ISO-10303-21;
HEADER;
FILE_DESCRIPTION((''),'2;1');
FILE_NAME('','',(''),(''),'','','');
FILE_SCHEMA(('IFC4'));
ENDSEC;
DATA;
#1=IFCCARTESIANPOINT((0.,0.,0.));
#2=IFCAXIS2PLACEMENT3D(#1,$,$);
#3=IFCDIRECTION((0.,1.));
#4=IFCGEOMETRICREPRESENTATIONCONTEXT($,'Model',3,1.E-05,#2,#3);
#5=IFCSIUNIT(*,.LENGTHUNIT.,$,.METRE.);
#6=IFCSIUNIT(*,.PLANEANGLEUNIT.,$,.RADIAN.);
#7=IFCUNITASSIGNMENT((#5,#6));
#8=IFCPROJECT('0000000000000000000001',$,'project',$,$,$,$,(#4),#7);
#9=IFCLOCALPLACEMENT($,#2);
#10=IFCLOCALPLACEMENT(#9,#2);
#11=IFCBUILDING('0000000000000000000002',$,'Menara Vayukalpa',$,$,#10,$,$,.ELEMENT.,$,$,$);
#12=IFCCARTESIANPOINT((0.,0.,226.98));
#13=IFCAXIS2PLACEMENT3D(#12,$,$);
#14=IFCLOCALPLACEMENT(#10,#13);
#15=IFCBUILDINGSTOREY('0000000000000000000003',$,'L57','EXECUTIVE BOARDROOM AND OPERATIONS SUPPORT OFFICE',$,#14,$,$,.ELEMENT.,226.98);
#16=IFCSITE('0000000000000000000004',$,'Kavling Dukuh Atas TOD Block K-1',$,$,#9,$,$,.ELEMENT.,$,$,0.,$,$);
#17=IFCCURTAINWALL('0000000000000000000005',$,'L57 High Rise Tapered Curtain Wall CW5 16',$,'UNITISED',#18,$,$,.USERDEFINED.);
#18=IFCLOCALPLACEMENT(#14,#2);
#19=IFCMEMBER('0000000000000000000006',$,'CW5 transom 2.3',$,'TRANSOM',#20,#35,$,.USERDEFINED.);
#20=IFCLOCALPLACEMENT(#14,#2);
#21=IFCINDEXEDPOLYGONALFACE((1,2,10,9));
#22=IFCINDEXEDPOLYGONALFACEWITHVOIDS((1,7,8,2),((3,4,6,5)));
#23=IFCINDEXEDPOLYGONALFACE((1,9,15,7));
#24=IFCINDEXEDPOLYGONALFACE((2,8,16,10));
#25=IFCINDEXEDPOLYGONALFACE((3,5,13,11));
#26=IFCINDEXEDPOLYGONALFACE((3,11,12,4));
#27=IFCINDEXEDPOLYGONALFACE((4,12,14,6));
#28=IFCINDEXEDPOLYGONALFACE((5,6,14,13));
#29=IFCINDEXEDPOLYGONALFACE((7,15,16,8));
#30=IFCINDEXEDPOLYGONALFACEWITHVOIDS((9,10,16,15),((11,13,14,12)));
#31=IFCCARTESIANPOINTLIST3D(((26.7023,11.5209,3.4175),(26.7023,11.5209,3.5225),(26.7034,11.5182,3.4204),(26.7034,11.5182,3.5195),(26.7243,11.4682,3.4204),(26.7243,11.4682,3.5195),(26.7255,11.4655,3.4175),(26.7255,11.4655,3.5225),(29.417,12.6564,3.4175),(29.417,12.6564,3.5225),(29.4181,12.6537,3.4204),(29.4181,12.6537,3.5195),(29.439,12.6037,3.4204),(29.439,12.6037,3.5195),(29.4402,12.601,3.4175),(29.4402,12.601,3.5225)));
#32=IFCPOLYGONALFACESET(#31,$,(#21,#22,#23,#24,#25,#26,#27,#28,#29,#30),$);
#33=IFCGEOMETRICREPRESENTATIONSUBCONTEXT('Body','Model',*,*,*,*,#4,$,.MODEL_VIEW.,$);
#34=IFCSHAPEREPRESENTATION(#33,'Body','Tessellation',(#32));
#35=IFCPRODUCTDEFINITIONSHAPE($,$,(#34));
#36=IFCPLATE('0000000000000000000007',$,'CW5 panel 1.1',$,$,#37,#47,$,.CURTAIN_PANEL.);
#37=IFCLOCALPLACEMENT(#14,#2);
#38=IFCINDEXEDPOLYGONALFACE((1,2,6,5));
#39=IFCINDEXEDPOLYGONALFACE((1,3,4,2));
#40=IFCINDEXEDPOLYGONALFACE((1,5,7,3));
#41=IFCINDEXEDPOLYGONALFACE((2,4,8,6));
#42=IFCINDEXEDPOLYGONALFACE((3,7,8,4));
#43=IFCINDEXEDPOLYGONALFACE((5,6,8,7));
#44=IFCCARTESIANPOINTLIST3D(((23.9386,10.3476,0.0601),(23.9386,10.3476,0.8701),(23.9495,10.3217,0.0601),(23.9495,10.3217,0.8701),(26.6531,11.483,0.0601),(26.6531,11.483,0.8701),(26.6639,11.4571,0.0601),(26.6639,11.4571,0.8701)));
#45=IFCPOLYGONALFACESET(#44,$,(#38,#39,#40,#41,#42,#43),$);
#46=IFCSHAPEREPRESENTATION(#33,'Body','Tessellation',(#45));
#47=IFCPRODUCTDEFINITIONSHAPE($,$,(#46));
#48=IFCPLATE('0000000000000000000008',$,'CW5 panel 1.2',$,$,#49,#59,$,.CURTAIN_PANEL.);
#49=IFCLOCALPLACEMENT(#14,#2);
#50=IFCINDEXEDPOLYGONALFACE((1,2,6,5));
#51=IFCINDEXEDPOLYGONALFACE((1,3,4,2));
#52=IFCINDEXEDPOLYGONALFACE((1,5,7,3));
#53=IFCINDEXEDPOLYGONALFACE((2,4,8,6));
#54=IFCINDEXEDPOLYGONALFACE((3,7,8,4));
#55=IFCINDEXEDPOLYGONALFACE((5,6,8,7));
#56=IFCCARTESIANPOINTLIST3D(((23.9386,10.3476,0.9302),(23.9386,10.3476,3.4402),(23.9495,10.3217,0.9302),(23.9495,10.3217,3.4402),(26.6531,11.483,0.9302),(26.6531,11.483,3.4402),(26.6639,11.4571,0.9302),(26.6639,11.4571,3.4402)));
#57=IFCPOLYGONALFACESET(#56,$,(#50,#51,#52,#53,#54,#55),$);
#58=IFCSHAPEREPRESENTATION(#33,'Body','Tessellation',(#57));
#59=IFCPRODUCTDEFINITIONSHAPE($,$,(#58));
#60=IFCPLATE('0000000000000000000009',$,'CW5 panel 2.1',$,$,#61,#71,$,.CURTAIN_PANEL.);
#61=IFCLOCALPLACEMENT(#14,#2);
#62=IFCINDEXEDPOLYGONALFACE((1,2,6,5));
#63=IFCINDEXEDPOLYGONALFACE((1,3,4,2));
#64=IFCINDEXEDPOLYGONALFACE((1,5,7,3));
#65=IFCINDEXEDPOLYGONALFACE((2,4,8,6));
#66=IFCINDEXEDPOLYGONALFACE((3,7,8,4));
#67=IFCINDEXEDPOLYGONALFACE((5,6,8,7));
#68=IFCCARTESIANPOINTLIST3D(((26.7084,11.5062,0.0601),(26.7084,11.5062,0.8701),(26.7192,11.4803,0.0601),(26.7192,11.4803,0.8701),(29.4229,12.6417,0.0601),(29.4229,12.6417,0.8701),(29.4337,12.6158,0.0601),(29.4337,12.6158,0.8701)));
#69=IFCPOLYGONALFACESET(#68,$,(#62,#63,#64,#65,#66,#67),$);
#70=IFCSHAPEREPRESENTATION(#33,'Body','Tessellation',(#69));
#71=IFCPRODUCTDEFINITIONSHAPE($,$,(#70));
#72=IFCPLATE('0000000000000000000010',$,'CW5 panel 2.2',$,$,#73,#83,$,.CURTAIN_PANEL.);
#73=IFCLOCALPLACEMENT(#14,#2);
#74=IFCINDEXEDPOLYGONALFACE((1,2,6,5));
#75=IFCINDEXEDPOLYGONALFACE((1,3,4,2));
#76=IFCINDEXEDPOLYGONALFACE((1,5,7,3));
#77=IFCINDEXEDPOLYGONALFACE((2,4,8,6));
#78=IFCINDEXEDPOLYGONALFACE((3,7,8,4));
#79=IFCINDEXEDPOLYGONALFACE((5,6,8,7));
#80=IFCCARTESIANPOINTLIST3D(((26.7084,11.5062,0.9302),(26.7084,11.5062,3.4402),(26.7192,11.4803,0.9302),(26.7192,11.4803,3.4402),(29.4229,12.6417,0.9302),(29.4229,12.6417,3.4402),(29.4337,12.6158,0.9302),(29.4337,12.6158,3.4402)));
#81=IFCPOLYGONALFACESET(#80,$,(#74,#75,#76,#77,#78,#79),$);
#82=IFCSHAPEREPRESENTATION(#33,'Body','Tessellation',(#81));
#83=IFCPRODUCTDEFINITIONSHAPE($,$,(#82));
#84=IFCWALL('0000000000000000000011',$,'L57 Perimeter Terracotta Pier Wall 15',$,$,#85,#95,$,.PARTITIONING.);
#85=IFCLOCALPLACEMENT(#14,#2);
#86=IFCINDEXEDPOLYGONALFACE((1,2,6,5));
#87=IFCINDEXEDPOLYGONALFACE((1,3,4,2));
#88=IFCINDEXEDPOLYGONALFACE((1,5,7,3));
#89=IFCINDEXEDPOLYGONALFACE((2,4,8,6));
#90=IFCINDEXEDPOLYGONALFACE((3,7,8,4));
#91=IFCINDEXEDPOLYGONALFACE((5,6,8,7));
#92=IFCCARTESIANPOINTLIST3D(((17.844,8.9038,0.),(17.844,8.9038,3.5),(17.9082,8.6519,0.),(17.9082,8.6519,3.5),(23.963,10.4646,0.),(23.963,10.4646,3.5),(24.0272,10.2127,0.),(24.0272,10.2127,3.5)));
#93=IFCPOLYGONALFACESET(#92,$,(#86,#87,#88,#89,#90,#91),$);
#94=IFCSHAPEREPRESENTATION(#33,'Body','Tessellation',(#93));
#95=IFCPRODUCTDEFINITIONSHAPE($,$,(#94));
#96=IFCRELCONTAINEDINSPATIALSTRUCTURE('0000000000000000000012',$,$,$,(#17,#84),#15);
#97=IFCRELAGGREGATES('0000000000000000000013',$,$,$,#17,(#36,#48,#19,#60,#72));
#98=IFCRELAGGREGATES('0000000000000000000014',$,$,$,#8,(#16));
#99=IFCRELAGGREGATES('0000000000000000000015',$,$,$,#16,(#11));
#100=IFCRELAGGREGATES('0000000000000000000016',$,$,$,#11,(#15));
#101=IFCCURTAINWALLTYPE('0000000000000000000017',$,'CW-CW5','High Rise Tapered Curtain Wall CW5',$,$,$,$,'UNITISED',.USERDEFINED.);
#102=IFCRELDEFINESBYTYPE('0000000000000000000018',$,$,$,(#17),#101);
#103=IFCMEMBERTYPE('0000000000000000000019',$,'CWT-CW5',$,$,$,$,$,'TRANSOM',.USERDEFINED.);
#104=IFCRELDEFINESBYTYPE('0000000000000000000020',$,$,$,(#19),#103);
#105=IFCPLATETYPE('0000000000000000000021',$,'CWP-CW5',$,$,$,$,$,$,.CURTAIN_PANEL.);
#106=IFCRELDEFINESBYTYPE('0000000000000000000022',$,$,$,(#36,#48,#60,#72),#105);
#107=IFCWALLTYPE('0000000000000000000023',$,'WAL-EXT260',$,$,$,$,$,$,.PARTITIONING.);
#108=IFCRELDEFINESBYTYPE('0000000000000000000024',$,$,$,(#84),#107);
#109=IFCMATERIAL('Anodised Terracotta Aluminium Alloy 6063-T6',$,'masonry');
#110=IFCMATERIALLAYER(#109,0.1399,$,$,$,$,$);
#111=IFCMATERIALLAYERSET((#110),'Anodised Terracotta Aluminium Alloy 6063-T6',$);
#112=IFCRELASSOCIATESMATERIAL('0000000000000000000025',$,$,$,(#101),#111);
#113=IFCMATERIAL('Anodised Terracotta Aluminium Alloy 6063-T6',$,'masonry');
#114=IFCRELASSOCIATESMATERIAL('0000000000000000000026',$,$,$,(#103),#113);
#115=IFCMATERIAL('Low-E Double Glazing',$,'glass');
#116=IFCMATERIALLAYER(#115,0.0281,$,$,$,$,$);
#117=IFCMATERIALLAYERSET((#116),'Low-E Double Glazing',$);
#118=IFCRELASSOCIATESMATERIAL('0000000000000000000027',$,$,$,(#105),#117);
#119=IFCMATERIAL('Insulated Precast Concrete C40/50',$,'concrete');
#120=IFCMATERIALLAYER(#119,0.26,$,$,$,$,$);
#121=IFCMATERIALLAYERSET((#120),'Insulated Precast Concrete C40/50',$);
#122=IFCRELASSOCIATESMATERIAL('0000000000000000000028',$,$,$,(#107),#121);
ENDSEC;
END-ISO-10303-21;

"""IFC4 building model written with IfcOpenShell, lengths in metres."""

from ifc_helpers import new_model, si_unit, direction, frame, frame_2d, origin, origin_2d, place, context, subcontext, project, spatial, rectangle, hollow_rectangle, extrude, material, layer, layer_set, material_profile, profile_set, type_object, element, aggregate, save


model = new_model("IFC4")

# Units and contexts
model_context = context("Model", 3, precision=1e-05, world=origin(), true_north=direction((0.0, 1.0)))
body_context = subcontext(model_context, "Body", "Model", "MODEL_VIEW")
ifc_project = project(units=[si_unit("LENGTHUNIT", "METRE"), si_unit("PLANEANGLEUNIT", "RADIAN")], contexts=[model_context])

# Site, building, storey
site_placement = place(None, origin())
site = spatial("IfcSite", under=ifc_project, at=site_placement, Name="Kavling Dukuh Atas TOD Block K-1", CompositionType="ELEMENT", RefElevation=0.0)
building_placement = place(site_placement, origin())
building = spatial("IfcBuilding", under=site, at=building_placement, Name="Menara Vayukalpa", CompositionType="ELEMENT")
storey_placement = place(building_placement, frame((0.0, 0.0, 226.98)))
storey = spatial("IfcBuildingStorey", under=building, at=storey_placement, Name="L57", Description="EXECUTIVE BOARDROOM AND OPERATIONS SUPPORT OFFICE", CompositionType="ELEMENT", Elevation=226.98)

# Curtain wall, member, plates
ifc_material_1 = material(Name="Anodised Terracotta Aluminium Alloy 6063-T6", Category="masonry")
ifc_layer_1 = layer(ifc_material_1, 0.1399)
ifc_layer_set_1 = layer_set([ifc_layer_1], Name="Anodised Terracotta Aluminium Alloy 6063-T6")
curtain_wall_type = type_object("IfcCurtainWallType", Name="CW-CW5", Description="High Rise Tapered Curtain Wall CW5", ElementType="UNITISED", PredefinedType="USERDEFINED", material=ifc_layer_set_1)
curtain_wall_placement = place(storey_placement, origin())
curtain_wall = element("IfcCurtainWall", 1, at=curtain_wall_placement, inside=storey, type_object=curtain_wall_type, Name="L57 High Rise Tapered Curtain Wall CW5 16", ObjectType="UNITISED", PredefinedType="USERDEFINED")
ifc_material_2 = material(Name="Anodised Terracotta Aluminium Alloy 6063-T6", Category="masonry")
ifc_material_profile_1 = material_profile(ifc_material_2, hollow_rectangle(XDim=0.0601, YDim=0.105, WallThickness=0.0029, at=origin_2d()), Name="ALU 60x105x3")
ifc_profile_set_1 = profile_set([ifc_material_profile_1], Name="Anodised Terracotta Aluminium Alloy 6063-T6")
member_type_1 = type_object("IfcMemberType", Name="CWT-CW5", ElementType="TRANSOM", PredefinedType="USERDEFINED", material=ifc_profile_set_1)
member_1_placement = place(storey_placement, frame((26.7139, 11.4932, 3.47), z_axis=(0.922543, 0.385893, 0.0), x_axis=(-0.385893, 0.922543, 0.0)))
member_1 = element("IfcMember", 2, at=member_1_placement, type_object=member_type_1, Name="CW5 transom 2.3", ObjectType="TRANSOM", PredefinedType="USERDEFINED", context=body_context, shape_type="SweptSolid", body=[
    extrude(hollow_rectangle(XDim=0.0601, YDim=0.105, WallThickness=0.0029, at=origin_2d()), origin(), (0.0, 0.0, 1.0), 2.9426),
])
ifc_material_3 = material(Name="Low-E Double Glazing", Category="glass")
ifc_layer_2 = layer(ifc_material_3, 0.0281)
ifc_layer_set_2 = layer_set([ifc_layer_2], Name="Low-E Double Glazing")
plate_type = type_object("IfcPlateType", Name="CWP-CW5", PredefinedType="CURTAIN_PANEL", material=ifc_layer_set_2)
plate_1_placement = place(storey_placement, frame((25.3013, 10.9023, 0.0601), z_axis=(0.0, 0.0, 1.0), x_axis=(0.922539, 0.385903, 0.0)))
plate_1 = element("IfcPlate", 3, at=plate_1_placement, type_object=plate_type, Name="CW5 panel 1.1", PredefinedType="CURTAIN_PANEL", context=body_context, shape_type="SweptSolid", body=[
    extrude(rectangle(XDim=2.9424, YDim=0.0281, at=origin_2d()), origin(), (0.0, 0.0, 1.0), 0.8101),
])
plate_2_placement = place(storey_placement, frame((25.3013, 10.9023, 0.9302), z_axis=(0.0, 0.0, 1.0), x_axis=(0.922539, 0.385903, 0.0)))
plate_2 = element("IfcPlate", 4, at=plate_2_placement, type_object=plate_type, Name="CW5 panel 1.2", PredefinedType="CURTAIN_PANEL", context=body_context, shape_type="SweptSolid", body=[
    extrude(rectangle(XDim=2.9424, YDim=0.0281, at=origin_2d()), origin(), (0.0, 0.0, 1.0), 2.51),
])
plate_3_placement = place(storey_placement, frame((28.071, 12.061, 0.0601), z_axis=(0.0, 0.0, 1.0), x_axis=(0.922539, 0.385903, 0.0)))
plate_3 = element("IfcPlate", 5, at=plate_3_placement, type_object=plate_type, Name="CW5 panel 2.1", PredefinedType="CURTAIN_PANEL", context=body_context, shape_type="SweptSolid", body=[
    extrude(rectangle(XDim=2.9424, YDim=0.0281, at=origin_2d()), origin(), (0.0, 0.0, 1.0), 0.8101),
])
plate_4_placement = place(storey_placement, frame((28.071, 12.061, 0.9302), z_axis=(0.0, 0.0, 1.0), x_axis=(0.922539, 0.385903, 0.0)))
plate_4 = element("IfcPlate", 6, at=plate_4_placement, type_object=plate_type, Name="CW5 panel 2.2", PredefinedType="CURTAIN_PANEL", context=body_context, shape_type="SweptSolid", body=[
    extrude(rectangle(XDim=2.9424, YDim=0.0281, at=origin_2d()), origin(), (0.0, 0.0, 1.0), 2.51),
])
aggregate(curtain_wall, [plate_1, plate_2, member_1, plate_3, plate_4])

# Wall
ifc_material_4 = material(Name="Insulated Precast Concrete C40/50", Category="concrete")
ifc_layer_3 = layer(ifc_material_4, 0.26)
ifc_layer_set_3 = layer_set([ifc_layer_3], Name="Insulated Precast Concrete C40/50")
wall_type = type_object("IfcWallType", Name="WAL-EXT260", PredefinedType="PARTITIONING", material=ifc_layer_set_3)
wall_placement = place(storey_placement, frame((23.9951, 10.3386, 0.0), z_axis=(0.0, 0.0, 1.0), x_axis=(-0.968976, -0.247154, 0.0)))
element("IfcWall", 7, at=wall_placement, inside=storey, type_object=wall_type, Name="L57 Perimeter Terracotta Pier Wall 15", PredefinedType="PARTITIONING", context=body_context, shape_type="SweptSolid", body=[
    extrude(rectangle(XDim=6.3149, YDim=0.26, at=frame_2d((3.1575, 0.0))), origin(), (0.0, 0.0, 1.0), 3.5),
])

save(model, "model.ifc")
